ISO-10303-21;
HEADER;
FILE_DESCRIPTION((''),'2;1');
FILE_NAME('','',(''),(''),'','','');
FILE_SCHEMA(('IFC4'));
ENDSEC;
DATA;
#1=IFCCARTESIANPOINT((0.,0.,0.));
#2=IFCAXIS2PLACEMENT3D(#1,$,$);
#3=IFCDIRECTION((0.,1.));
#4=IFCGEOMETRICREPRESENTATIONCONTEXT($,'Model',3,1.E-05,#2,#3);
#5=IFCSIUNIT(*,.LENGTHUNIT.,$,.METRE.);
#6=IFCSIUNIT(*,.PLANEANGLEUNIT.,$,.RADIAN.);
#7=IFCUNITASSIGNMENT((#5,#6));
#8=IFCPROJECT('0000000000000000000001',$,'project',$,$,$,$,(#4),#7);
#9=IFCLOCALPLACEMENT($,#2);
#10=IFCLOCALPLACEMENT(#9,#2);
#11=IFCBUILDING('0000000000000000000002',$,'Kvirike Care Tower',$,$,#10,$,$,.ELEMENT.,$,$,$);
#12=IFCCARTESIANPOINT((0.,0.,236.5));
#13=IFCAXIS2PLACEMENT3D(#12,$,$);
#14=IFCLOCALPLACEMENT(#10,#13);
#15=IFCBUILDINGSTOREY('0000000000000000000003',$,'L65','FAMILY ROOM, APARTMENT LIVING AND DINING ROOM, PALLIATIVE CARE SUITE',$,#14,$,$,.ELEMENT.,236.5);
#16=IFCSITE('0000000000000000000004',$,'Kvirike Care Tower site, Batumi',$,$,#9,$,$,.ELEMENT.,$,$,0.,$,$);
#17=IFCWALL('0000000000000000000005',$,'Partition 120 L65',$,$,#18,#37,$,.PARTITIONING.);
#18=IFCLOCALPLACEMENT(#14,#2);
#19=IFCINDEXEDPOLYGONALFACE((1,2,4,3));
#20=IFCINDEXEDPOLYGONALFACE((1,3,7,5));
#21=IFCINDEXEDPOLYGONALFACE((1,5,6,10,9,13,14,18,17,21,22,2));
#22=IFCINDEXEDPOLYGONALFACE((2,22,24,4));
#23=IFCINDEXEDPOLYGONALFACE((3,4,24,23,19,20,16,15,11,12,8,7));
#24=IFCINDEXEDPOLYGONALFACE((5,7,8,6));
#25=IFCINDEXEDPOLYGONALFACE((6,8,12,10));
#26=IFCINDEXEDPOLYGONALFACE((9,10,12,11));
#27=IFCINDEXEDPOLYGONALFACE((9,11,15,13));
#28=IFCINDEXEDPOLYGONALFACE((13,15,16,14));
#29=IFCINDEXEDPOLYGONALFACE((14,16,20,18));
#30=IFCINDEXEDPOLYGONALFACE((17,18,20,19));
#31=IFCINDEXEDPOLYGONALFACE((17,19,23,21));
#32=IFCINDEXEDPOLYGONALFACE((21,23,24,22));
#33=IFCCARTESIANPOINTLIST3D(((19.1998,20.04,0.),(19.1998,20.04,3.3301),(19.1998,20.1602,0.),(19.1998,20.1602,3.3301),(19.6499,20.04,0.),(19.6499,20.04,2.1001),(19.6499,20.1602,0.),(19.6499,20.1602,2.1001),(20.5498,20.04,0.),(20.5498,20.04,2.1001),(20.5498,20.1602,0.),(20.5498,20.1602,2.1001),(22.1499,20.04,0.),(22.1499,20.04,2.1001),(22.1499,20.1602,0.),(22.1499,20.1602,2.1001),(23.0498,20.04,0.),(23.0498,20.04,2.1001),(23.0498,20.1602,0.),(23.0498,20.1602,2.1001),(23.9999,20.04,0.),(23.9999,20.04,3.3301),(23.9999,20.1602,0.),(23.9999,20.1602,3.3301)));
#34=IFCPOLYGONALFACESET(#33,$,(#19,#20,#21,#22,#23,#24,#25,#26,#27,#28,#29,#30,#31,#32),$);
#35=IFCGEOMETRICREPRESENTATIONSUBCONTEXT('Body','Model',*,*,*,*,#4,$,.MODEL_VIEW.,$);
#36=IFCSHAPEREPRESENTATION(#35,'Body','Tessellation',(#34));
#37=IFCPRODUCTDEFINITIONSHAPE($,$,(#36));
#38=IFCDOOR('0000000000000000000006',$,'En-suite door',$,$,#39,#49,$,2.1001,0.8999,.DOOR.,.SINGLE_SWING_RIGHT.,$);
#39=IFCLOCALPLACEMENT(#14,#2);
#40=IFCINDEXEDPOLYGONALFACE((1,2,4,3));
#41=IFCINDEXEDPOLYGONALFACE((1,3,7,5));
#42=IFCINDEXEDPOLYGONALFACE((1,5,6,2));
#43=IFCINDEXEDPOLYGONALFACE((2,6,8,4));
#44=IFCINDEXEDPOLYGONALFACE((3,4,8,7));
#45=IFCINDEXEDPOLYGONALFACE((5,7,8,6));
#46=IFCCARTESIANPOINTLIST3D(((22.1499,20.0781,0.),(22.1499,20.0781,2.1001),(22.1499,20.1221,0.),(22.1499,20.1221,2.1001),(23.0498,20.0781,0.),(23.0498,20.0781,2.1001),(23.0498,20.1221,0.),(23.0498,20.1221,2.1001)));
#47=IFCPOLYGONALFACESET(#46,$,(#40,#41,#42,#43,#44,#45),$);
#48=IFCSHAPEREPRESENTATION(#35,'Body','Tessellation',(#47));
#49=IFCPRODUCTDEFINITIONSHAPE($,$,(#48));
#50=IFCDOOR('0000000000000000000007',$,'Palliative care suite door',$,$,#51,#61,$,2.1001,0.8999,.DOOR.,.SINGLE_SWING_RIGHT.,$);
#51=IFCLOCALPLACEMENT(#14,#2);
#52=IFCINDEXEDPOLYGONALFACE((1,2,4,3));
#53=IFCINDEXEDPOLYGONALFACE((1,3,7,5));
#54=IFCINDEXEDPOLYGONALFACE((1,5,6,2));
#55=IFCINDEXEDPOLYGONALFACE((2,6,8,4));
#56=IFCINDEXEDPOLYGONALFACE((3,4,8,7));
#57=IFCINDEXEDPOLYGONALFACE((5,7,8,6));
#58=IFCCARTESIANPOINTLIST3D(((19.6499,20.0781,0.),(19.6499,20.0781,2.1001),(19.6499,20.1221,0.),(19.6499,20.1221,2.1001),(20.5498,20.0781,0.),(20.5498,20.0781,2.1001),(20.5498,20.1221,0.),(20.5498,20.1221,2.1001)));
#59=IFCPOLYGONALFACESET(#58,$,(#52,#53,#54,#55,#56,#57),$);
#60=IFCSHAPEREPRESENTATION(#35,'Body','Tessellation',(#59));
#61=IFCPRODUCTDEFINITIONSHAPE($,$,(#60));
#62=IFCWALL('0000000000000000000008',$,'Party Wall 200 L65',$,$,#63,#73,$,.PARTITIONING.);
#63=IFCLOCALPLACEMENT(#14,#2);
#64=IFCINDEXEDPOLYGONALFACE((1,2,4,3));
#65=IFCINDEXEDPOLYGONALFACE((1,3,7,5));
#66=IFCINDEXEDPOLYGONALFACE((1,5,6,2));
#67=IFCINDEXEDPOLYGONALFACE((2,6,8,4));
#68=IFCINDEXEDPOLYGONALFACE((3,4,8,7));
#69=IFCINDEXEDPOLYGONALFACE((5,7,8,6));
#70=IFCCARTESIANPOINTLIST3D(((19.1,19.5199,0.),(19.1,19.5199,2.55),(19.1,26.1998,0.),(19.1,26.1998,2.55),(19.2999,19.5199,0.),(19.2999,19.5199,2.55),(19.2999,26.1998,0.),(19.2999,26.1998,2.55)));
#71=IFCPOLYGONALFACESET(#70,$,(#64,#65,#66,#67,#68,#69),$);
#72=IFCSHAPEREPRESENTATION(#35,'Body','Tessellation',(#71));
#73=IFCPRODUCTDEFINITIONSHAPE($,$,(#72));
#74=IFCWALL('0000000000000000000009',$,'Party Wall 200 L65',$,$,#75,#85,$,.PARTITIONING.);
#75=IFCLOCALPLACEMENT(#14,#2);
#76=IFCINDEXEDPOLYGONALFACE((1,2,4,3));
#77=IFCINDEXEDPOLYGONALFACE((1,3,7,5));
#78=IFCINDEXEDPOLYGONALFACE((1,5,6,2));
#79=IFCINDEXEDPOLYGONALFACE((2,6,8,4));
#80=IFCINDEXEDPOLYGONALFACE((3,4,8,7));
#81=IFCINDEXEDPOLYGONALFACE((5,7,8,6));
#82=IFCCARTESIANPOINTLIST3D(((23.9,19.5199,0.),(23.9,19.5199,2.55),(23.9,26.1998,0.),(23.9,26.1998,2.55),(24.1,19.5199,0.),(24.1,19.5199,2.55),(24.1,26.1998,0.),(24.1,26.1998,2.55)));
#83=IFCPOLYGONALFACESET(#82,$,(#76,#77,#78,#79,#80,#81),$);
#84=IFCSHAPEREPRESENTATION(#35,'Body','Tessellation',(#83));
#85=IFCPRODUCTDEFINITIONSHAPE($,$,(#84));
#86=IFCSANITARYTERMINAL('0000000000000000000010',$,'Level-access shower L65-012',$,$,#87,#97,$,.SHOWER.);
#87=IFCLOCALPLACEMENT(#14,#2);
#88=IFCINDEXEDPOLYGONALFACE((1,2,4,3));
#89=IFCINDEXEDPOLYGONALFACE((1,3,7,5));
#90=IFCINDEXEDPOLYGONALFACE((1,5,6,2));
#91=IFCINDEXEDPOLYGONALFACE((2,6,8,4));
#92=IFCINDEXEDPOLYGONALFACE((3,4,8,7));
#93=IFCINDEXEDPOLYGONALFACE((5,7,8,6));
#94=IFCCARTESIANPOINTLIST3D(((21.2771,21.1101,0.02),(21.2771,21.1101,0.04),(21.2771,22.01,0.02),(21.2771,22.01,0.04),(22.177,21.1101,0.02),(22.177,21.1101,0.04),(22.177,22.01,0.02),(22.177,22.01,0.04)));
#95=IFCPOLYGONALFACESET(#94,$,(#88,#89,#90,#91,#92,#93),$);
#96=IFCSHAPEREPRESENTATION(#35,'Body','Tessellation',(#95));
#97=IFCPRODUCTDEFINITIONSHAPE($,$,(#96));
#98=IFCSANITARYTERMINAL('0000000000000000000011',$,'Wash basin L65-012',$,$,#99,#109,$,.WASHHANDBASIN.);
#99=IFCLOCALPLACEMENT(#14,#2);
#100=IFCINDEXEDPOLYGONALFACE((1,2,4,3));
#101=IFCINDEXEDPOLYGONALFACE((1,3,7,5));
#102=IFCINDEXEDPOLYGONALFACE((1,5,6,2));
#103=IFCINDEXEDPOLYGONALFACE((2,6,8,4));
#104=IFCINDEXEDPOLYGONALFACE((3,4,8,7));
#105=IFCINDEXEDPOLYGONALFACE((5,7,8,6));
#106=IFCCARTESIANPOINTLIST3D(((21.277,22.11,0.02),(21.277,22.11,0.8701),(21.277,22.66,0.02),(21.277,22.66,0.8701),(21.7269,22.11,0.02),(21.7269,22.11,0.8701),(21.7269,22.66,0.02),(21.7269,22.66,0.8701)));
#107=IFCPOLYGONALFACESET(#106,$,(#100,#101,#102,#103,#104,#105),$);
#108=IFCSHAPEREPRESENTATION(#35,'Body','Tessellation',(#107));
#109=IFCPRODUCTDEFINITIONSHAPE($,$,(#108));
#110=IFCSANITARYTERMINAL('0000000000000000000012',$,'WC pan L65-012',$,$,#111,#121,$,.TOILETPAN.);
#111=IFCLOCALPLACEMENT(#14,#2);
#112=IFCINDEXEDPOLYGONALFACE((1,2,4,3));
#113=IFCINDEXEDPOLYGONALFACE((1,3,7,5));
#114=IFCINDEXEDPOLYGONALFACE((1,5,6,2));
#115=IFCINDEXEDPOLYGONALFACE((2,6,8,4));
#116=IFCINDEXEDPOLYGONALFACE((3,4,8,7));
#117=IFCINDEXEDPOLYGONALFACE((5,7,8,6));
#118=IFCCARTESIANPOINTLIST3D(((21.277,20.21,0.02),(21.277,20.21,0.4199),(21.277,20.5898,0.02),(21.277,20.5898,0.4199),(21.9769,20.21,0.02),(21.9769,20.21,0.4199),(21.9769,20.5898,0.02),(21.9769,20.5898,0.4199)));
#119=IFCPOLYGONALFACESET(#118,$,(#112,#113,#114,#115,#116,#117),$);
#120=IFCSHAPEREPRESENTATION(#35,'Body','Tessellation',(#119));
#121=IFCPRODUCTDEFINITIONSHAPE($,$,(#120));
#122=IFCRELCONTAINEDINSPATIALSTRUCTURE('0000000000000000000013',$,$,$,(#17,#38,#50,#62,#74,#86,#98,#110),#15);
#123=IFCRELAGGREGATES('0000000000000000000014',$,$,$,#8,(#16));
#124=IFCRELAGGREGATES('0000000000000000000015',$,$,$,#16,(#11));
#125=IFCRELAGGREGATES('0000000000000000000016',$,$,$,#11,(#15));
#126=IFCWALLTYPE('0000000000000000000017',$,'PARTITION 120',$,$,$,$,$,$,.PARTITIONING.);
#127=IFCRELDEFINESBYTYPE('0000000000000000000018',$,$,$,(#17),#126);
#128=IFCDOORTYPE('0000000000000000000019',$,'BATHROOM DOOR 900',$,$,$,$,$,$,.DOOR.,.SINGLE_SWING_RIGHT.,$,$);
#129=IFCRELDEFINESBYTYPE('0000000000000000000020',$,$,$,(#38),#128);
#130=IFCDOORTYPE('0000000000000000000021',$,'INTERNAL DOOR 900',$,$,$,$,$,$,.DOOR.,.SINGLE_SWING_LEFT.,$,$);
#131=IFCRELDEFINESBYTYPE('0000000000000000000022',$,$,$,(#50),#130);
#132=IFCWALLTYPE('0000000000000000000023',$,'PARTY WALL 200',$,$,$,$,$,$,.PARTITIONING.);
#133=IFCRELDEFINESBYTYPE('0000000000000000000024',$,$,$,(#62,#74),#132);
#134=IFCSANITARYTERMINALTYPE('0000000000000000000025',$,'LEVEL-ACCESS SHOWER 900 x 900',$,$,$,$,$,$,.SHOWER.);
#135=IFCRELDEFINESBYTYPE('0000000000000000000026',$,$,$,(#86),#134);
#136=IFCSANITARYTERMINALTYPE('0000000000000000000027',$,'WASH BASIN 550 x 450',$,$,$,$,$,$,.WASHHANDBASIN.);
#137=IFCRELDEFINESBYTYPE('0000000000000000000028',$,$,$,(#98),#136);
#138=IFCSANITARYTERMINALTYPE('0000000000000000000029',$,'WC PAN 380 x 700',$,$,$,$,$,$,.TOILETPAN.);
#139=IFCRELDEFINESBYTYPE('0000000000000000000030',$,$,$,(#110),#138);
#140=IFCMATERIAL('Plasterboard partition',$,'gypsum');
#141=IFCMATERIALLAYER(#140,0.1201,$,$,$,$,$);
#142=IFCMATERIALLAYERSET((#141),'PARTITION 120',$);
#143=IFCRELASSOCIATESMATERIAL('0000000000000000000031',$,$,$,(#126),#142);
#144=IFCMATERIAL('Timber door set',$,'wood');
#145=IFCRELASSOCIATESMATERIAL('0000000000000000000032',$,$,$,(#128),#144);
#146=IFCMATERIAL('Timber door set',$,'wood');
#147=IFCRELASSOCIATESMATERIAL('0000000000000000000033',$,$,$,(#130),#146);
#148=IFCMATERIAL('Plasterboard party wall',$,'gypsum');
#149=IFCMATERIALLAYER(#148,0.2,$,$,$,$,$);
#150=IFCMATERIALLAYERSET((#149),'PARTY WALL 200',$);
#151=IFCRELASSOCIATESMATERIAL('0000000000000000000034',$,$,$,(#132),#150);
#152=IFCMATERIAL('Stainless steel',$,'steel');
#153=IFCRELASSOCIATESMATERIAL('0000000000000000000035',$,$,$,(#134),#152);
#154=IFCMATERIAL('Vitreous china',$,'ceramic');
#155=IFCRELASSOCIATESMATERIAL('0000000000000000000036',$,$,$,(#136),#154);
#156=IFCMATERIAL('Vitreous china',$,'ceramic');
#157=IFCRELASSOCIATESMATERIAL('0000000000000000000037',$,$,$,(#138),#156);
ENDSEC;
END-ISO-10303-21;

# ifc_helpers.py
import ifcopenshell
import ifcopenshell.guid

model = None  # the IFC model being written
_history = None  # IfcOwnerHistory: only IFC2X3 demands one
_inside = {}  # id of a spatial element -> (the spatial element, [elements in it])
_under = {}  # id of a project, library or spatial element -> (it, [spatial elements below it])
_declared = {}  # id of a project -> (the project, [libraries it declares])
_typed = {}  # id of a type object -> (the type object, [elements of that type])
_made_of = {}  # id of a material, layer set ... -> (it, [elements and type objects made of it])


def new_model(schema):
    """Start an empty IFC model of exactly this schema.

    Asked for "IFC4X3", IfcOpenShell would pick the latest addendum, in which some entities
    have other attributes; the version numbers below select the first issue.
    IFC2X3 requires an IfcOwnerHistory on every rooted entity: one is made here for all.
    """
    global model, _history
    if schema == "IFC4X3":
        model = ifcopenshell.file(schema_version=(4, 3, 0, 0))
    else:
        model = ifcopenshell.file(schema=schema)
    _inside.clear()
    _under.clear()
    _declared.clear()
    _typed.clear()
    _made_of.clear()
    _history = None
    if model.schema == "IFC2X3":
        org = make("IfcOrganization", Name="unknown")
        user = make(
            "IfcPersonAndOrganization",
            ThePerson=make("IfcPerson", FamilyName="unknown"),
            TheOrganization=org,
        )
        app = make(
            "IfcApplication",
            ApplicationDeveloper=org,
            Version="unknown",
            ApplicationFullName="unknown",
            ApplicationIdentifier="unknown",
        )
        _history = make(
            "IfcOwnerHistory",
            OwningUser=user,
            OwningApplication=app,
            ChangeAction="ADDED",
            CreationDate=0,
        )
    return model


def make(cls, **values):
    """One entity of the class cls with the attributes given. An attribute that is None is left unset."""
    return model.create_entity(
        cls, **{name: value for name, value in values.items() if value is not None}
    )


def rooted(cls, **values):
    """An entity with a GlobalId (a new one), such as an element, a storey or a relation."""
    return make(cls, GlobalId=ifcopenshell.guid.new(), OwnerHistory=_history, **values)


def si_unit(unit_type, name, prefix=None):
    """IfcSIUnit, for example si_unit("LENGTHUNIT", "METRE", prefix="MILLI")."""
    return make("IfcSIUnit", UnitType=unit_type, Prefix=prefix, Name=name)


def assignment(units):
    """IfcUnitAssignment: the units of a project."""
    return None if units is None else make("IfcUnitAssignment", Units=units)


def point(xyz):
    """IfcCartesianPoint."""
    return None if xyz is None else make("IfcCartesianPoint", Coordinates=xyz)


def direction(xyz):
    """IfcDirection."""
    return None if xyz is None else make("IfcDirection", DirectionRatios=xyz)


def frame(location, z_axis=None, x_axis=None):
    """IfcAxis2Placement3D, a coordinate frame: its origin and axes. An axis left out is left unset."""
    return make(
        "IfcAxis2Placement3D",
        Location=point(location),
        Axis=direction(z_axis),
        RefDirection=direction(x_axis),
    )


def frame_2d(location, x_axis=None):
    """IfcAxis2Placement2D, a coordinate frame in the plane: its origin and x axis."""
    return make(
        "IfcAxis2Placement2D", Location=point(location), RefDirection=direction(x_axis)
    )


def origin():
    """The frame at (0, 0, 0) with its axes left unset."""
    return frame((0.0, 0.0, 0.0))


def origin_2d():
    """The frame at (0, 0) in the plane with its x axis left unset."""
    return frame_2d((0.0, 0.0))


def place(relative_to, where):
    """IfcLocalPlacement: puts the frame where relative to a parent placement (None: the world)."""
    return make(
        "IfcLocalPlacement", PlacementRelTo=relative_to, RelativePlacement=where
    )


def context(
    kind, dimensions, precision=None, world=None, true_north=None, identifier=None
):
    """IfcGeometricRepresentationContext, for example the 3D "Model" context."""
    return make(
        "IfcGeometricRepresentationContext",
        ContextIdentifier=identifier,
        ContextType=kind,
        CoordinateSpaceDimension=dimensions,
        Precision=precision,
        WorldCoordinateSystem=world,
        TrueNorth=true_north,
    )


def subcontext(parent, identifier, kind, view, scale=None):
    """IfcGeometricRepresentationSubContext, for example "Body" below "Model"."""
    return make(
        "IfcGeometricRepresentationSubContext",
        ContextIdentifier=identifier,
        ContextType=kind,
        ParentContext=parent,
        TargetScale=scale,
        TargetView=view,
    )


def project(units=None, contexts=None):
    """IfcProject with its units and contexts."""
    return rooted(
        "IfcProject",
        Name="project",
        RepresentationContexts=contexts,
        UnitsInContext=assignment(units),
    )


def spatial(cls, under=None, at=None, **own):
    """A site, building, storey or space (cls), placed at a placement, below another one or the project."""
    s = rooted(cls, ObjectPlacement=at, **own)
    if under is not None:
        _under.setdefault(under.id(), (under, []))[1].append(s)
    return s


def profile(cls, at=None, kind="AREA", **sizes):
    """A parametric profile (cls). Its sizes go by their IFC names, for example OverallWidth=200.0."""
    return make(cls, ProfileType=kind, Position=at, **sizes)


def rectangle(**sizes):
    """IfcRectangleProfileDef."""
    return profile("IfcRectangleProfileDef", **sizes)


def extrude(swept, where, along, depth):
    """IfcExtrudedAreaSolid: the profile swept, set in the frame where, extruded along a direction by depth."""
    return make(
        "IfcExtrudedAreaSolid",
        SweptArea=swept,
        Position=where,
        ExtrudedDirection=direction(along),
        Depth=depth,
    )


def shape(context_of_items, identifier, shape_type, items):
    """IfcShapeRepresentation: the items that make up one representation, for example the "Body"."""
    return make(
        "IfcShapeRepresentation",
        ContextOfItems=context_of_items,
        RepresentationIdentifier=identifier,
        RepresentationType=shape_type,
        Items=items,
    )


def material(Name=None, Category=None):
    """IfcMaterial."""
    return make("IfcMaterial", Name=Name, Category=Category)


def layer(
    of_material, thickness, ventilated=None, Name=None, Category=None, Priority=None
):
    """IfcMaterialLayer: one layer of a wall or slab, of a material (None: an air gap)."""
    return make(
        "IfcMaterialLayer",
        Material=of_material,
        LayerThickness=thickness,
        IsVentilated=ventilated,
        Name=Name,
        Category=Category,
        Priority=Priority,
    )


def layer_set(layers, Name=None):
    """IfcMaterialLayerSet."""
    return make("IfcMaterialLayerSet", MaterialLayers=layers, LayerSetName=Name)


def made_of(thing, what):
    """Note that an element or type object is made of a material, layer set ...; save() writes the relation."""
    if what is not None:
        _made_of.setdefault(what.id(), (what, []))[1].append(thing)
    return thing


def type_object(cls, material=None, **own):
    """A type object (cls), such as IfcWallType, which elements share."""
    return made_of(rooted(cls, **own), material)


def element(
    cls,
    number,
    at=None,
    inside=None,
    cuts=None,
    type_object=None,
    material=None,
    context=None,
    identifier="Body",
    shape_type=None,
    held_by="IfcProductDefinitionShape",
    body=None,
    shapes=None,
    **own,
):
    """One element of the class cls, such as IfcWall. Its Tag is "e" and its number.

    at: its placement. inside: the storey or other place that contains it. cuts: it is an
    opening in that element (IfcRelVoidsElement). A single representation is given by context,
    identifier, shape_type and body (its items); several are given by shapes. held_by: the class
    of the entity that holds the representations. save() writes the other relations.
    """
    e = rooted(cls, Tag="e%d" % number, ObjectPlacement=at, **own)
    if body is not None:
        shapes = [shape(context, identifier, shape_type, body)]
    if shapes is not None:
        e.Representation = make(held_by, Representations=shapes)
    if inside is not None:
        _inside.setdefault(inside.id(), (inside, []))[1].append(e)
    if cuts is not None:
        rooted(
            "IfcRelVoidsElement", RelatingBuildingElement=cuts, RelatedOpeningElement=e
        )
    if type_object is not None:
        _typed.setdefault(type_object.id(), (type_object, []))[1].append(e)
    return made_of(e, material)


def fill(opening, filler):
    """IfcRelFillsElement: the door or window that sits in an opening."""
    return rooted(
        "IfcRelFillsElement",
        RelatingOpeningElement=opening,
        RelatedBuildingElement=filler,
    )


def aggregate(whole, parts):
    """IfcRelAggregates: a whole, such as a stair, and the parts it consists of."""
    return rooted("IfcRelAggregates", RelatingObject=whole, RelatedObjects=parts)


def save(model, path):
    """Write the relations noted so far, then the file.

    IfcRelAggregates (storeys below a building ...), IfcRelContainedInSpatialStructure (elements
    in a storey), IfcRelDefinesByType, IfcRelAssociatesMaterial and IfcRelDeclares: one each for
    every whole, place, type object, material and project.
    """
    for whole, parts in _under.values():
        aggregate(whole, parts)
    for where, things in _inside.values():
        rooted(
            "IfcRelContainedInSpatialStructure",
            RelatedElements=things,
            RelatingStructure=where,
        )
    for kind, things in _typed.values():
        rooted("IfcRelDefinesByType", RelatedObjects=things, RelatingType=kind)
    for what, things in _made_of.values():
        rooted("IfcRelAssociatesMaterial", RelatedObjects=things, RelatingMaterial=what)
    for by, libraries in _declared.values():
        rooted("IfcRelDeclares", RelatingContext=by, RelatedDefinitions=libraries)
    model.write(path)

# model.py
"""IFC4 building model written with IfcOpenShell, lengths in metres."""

from ifc_helpers import new_model, si_unit, direction, frame, frame_2d, origin, origin_2d, place, context, subcontext, project, spatial, rectangle, extrude, material, layer, layer_set, type_object, element, fill, save


model = new_model("IFC4")

# Units and contexts
model_context = context("Model", 3, precision=1e-05, world=origin(), true_north=direction((0.0, 1.0)))
body_context = subcontext(model_context, "Body", "Model", "MODEL_VIEW")
ifc_project = project(units=[si_unit("LENGTHUNIT", "METRE"), si_unit("PLANEANGLEUNIT", "RADIAN")], contexts=[model_context])

# Site, building, storey
site_placement = place(None, origin())
site = spatial("IfcSite", under=ifc_project, at=site_placement, Name="Kvirike Care Tower site, Batumi", CompositionType="ELEMENT", RefElevation=0.0)
building_placement = place(site_placement, origin())
building = spatial("IfcBuilding", under=site, at=building_placement, Name="Kvirike Care Tower", CompositionType="ELEMENT")
storey_placement = place(building_placement, frame((0.0, 0.0, 236.5)))
storey = spatial("IfcBuildingStorey", under=building, at=storey_placement, Name="L65", Description="FAMILY ROOM, APARTMENT LIVING AND DINING ROOM, PALLIATIVE CARE SUITE", CompositionType="ELEMENT", Elevation=236.5)

# Wall, openings, doors
ifc_material_1 = material(Name="Plasterboard partition", Category="gypsum")
ifc_layer_1 = layer(ifc_material_1, 0.1201)
ifc_layer_set_1 = layer_set([ifc_layer_1], Name="PARTITION 120")
wall_type_1 = type_object("IfcWallType", Name="PARTITION 120", PredefinedType="PARTITIONING", material=ifc_layer_set_1)
wall_1_placement = place(storey_placement, frame((19.2, 20.1001, 0.0), z_axis=(0.0, 0.0, 1.0), x_axis=(1.0, 0.0, 0.0)))
wall_1 = element("IfcWall", 1, at=wall_1_placement, inside=storey, type_object=wall_type_1, Name="Partition 120 L65", PredefinedType="PARTITIONING", context=body_context, shape_type="SweptSolid", body=[
    extrude(rectangle(XDim=4.8, YDim=0.1201, at=frame_2d((2.3999, 0.0))), origin(), (0.0, 0.0, 1.0), 3.3301),
])
opening_1_placement = place(wall_1_placement, frame((0.45, 0.0, 0.0)))
opening_1 = element("IfcOpeningElement", 2, at=opening_1_placement, cuts=wall_1, PredefinedType="OPENING", context=body_context, shape_type="SweptSolid", body=[
    extrude(rectangle(XDim=0.8999, YDim=2.1001, at=frame_2d((0.45, 1.05))), frame((0.0, 0.0706, 0.0), z_axis=(0.0, -1.0, 0.0), x_axis=(1.0, 0.0, 0.0)), (0.0, 0.0, 1.0), 0.1411),
])
opening_2_placement = place(wall_1_placement, frame((2.95, 0.0, 0.0)))
opening_2 = element("IfcOpeningElement", 3, at=opening_2_placement, cuts=wall_1, PredefinedType="OPENING", context=body_context, shape_type="SweptSolid", body=[
    extrude(rectangle(XDim=0.8999, YDim=2.1001, at=frame_2d((0.45, 1.05))), frame((0.0, 0.0706, 0.0), z_axis=(0.0, -1.0, 0.0), x_axis=(1.0, 0.0, 0.0)), (0.0, 0.0, 1.0), 0.1411),
])
ifc_material_2 = material(Name="Timber door set", Category="wood")
door_type_1 = type_object("IfcDoorType", Name="BATHROOM DOOR 900", OperationType="SINGLE_SWING_RIGHT", PredefinedType="DOOR", material=ifc_material_2)
door_1_placement = place(opening_2_placement, origin())
door_1 = element("IfcDoor", 4, at=door_1_placement, inside=storey, type_object=door_type_1, Name="En-suite door", OperationType="SINGLE_SWING_RIGHT", OverallHeight=2.1001, OverallWidth=0.8999, PredefinedType="DOOR", context=body_context, shape_type="SweptSolid", body=[
    extrude(rectangle(XDim=0.8999, YDim=2.1001, at=frame_2d((0.45, 1.05))), frame((0.0, 0.022, 0.0), z_axis=(0.0, -1.0, 0.0), x_axis=(1.0, 0.0, 0.0)), (0.0, 0.0, 1.0), 0.0439),
])
fill(opening_2, door_1)
ifc_material_3 = material(Name="Timber door set", Category="wood")
door_type_2 = type_object("IfcDoorType", Name="INTERNAL DOOR 900", OperationType="SINGLE_SWING_LEFT", PredefinedType="DOOR", material=ifc_material_3)
door_2_placement = place(opening_1_placement, origin())
door_2 = element("IfcDoor", 5, at=door_2_placement, inside=storey, type_object=door_type_2, Name="Palliative care suite door", OperationType="SINGLE_SWING_RIGHT", OverallHeight=2.1001, OverallWidth=0.8999, PredefinedType="DOOR", context=body_context, shape_type="SweptSolid", body=[
    extrude(rectangle(XDim=0.8999, YDim=2.1001, at=frame_2d((0.45, 1.05))), frame((0.0, 0.022, 0.0), z_axis=(0.0, -1.0, 0.0), x_axis=(1.0, 0.0, 0.0)), (0.0, 0.0, 1.0), 0.0439),
])
fill(opening_1, door_2)

# Walls
ifc_material_4 = material(Name="Plasterboard party wall", Category="gypsum")
ifc_layer_2 = layer(ifc_material_4, 0.2)
ifc_layer_set_2 = layer_set([ifc_layer_2], Name="PARTY WALL 200")
wall_type_2 = type_object("IfcWallType", Name="PARTY WALL 200", PredefinedType="PARTITIONING", material=ifc_layer_set_2)
for number, where, z_axis, x_axis, name in (
    (6, (19.2, 19.52, 0.0), (0.0, 0.0, 1.0), (0.0, 1.0, 0.0), "Party Wall 200 L65"),
    (7, (24.0, 19.52, 0.0), (0.0, 0.0, 1.0), (0.0, 1.0, 0.0), "Party Wall 200 L65"),
):
    element("IfcWall", number, at=place(storey_placement, frame(where, z_axis=z_axis, x_axis=x_axis)), inside=storey, type_object=wall_type_2, Name=name, PredefinedType="PARTITIONING", context=body_context, shape_type="SweptSolid", body=[
        extrude(rectangle(XDim=6.6799, YDim=0.2, at=frame_2d((3.3398, 0.0))), origin(), (0.0, 0.0, 1.0), 2.55),
    ])

# Sanitary terminals
ifc_material_5 = material(Name="Stainless steel", Category="steel")
sanitary_terminal_type_1 = type_object("IfcSanitaryTerminalType", Name="LEVEL-ACCESS SHOWER 900 x 900", PredefinedType="SHOWER", material=ifc_material_5)
sanitary_terminal_1_placement = place(storey_placement, frame((21.7271, 21.5601, 0.02), z_axis=(0.0, 0.0, 1.0), x_axis=(0.0, 1.0, 0.0)))
element("IfcSanitaryTerminal", 8, at=sanitary_terminal_1_placement, inside=storey, type_object=sanitary_terminal_type_1, Name="Level-access shower L65-012", PredefinedType="SHOWER", context=body_context, shape_type="SweptSolid", body=[
    extrude(rectangle(XDim=0.8999, YDim=0.8999, at=origin_2d()), origin(), (0.0, 0.0, 1.0), 0.02),
])
ifc_material_6 = material(Name="Vitreous china", Category="ceramic")
sanitary_terminal_type_2 = type_object("IfcSanitaryTerminalType", Name="WASH BASIN 550 x 450", PredefinedType="WASHHANDBASIN", material=ifc_material_6)
sanitary_terminal_2_placement = place(storey_placement, frame((21.502, 22.385, 0.02), z_axis=(0.0, 0.0, 1.0), x_axis=(0.0, 1.0, 0.0)))
element("IfcSanitaryTerminal", 9, at=sanitary_terminal_2_placement, inside=storey, type_object=sanitary_terminal_type_2, Name="Wash basin L65-012", PredefinedType="WASHHANDBASIN", context=body_context, shape_type="SweptSolid", body=[
    extrude(rectangle(XDim=0.55, YDim=0.45, at=origin_2d()), origin(), (0.0, 0.0, 1.0), 0.8501),
])
ifc_material_7 = material(Name="Vitreous china", Category="ceramic")
sanitary_terminal_type_3 = type_object("IfcSanitaryTerminalType", Name="WC PAN 380 x 700", PredefinedType="TOILETPAN", material=ifc_material_7)
sanitary_terminal_3_placement = place(storey_placement, frame((21.627, 20.3999, 0.02), z_axis=(0.0, 0.0, 1.0), x_axis=(0.0, 1.0, 0.0)))
element("IfcSanitaryTerminal", 10, at=sanitary_terminal_3_placement, inside=storey, type_object=sanitary_terminal_type_3, Name="WC pan L65-012", PredefinedType="TOILETPAN", context=body_context, shape_type="SweptSolid", body=[
    extrude(rectangle(XDim=0.3799, YDim=0.7, at=origin_2d()), origin(), (0.0, 0.0, 1.0), 0.3999),
])

save(model, "model.ifc")
